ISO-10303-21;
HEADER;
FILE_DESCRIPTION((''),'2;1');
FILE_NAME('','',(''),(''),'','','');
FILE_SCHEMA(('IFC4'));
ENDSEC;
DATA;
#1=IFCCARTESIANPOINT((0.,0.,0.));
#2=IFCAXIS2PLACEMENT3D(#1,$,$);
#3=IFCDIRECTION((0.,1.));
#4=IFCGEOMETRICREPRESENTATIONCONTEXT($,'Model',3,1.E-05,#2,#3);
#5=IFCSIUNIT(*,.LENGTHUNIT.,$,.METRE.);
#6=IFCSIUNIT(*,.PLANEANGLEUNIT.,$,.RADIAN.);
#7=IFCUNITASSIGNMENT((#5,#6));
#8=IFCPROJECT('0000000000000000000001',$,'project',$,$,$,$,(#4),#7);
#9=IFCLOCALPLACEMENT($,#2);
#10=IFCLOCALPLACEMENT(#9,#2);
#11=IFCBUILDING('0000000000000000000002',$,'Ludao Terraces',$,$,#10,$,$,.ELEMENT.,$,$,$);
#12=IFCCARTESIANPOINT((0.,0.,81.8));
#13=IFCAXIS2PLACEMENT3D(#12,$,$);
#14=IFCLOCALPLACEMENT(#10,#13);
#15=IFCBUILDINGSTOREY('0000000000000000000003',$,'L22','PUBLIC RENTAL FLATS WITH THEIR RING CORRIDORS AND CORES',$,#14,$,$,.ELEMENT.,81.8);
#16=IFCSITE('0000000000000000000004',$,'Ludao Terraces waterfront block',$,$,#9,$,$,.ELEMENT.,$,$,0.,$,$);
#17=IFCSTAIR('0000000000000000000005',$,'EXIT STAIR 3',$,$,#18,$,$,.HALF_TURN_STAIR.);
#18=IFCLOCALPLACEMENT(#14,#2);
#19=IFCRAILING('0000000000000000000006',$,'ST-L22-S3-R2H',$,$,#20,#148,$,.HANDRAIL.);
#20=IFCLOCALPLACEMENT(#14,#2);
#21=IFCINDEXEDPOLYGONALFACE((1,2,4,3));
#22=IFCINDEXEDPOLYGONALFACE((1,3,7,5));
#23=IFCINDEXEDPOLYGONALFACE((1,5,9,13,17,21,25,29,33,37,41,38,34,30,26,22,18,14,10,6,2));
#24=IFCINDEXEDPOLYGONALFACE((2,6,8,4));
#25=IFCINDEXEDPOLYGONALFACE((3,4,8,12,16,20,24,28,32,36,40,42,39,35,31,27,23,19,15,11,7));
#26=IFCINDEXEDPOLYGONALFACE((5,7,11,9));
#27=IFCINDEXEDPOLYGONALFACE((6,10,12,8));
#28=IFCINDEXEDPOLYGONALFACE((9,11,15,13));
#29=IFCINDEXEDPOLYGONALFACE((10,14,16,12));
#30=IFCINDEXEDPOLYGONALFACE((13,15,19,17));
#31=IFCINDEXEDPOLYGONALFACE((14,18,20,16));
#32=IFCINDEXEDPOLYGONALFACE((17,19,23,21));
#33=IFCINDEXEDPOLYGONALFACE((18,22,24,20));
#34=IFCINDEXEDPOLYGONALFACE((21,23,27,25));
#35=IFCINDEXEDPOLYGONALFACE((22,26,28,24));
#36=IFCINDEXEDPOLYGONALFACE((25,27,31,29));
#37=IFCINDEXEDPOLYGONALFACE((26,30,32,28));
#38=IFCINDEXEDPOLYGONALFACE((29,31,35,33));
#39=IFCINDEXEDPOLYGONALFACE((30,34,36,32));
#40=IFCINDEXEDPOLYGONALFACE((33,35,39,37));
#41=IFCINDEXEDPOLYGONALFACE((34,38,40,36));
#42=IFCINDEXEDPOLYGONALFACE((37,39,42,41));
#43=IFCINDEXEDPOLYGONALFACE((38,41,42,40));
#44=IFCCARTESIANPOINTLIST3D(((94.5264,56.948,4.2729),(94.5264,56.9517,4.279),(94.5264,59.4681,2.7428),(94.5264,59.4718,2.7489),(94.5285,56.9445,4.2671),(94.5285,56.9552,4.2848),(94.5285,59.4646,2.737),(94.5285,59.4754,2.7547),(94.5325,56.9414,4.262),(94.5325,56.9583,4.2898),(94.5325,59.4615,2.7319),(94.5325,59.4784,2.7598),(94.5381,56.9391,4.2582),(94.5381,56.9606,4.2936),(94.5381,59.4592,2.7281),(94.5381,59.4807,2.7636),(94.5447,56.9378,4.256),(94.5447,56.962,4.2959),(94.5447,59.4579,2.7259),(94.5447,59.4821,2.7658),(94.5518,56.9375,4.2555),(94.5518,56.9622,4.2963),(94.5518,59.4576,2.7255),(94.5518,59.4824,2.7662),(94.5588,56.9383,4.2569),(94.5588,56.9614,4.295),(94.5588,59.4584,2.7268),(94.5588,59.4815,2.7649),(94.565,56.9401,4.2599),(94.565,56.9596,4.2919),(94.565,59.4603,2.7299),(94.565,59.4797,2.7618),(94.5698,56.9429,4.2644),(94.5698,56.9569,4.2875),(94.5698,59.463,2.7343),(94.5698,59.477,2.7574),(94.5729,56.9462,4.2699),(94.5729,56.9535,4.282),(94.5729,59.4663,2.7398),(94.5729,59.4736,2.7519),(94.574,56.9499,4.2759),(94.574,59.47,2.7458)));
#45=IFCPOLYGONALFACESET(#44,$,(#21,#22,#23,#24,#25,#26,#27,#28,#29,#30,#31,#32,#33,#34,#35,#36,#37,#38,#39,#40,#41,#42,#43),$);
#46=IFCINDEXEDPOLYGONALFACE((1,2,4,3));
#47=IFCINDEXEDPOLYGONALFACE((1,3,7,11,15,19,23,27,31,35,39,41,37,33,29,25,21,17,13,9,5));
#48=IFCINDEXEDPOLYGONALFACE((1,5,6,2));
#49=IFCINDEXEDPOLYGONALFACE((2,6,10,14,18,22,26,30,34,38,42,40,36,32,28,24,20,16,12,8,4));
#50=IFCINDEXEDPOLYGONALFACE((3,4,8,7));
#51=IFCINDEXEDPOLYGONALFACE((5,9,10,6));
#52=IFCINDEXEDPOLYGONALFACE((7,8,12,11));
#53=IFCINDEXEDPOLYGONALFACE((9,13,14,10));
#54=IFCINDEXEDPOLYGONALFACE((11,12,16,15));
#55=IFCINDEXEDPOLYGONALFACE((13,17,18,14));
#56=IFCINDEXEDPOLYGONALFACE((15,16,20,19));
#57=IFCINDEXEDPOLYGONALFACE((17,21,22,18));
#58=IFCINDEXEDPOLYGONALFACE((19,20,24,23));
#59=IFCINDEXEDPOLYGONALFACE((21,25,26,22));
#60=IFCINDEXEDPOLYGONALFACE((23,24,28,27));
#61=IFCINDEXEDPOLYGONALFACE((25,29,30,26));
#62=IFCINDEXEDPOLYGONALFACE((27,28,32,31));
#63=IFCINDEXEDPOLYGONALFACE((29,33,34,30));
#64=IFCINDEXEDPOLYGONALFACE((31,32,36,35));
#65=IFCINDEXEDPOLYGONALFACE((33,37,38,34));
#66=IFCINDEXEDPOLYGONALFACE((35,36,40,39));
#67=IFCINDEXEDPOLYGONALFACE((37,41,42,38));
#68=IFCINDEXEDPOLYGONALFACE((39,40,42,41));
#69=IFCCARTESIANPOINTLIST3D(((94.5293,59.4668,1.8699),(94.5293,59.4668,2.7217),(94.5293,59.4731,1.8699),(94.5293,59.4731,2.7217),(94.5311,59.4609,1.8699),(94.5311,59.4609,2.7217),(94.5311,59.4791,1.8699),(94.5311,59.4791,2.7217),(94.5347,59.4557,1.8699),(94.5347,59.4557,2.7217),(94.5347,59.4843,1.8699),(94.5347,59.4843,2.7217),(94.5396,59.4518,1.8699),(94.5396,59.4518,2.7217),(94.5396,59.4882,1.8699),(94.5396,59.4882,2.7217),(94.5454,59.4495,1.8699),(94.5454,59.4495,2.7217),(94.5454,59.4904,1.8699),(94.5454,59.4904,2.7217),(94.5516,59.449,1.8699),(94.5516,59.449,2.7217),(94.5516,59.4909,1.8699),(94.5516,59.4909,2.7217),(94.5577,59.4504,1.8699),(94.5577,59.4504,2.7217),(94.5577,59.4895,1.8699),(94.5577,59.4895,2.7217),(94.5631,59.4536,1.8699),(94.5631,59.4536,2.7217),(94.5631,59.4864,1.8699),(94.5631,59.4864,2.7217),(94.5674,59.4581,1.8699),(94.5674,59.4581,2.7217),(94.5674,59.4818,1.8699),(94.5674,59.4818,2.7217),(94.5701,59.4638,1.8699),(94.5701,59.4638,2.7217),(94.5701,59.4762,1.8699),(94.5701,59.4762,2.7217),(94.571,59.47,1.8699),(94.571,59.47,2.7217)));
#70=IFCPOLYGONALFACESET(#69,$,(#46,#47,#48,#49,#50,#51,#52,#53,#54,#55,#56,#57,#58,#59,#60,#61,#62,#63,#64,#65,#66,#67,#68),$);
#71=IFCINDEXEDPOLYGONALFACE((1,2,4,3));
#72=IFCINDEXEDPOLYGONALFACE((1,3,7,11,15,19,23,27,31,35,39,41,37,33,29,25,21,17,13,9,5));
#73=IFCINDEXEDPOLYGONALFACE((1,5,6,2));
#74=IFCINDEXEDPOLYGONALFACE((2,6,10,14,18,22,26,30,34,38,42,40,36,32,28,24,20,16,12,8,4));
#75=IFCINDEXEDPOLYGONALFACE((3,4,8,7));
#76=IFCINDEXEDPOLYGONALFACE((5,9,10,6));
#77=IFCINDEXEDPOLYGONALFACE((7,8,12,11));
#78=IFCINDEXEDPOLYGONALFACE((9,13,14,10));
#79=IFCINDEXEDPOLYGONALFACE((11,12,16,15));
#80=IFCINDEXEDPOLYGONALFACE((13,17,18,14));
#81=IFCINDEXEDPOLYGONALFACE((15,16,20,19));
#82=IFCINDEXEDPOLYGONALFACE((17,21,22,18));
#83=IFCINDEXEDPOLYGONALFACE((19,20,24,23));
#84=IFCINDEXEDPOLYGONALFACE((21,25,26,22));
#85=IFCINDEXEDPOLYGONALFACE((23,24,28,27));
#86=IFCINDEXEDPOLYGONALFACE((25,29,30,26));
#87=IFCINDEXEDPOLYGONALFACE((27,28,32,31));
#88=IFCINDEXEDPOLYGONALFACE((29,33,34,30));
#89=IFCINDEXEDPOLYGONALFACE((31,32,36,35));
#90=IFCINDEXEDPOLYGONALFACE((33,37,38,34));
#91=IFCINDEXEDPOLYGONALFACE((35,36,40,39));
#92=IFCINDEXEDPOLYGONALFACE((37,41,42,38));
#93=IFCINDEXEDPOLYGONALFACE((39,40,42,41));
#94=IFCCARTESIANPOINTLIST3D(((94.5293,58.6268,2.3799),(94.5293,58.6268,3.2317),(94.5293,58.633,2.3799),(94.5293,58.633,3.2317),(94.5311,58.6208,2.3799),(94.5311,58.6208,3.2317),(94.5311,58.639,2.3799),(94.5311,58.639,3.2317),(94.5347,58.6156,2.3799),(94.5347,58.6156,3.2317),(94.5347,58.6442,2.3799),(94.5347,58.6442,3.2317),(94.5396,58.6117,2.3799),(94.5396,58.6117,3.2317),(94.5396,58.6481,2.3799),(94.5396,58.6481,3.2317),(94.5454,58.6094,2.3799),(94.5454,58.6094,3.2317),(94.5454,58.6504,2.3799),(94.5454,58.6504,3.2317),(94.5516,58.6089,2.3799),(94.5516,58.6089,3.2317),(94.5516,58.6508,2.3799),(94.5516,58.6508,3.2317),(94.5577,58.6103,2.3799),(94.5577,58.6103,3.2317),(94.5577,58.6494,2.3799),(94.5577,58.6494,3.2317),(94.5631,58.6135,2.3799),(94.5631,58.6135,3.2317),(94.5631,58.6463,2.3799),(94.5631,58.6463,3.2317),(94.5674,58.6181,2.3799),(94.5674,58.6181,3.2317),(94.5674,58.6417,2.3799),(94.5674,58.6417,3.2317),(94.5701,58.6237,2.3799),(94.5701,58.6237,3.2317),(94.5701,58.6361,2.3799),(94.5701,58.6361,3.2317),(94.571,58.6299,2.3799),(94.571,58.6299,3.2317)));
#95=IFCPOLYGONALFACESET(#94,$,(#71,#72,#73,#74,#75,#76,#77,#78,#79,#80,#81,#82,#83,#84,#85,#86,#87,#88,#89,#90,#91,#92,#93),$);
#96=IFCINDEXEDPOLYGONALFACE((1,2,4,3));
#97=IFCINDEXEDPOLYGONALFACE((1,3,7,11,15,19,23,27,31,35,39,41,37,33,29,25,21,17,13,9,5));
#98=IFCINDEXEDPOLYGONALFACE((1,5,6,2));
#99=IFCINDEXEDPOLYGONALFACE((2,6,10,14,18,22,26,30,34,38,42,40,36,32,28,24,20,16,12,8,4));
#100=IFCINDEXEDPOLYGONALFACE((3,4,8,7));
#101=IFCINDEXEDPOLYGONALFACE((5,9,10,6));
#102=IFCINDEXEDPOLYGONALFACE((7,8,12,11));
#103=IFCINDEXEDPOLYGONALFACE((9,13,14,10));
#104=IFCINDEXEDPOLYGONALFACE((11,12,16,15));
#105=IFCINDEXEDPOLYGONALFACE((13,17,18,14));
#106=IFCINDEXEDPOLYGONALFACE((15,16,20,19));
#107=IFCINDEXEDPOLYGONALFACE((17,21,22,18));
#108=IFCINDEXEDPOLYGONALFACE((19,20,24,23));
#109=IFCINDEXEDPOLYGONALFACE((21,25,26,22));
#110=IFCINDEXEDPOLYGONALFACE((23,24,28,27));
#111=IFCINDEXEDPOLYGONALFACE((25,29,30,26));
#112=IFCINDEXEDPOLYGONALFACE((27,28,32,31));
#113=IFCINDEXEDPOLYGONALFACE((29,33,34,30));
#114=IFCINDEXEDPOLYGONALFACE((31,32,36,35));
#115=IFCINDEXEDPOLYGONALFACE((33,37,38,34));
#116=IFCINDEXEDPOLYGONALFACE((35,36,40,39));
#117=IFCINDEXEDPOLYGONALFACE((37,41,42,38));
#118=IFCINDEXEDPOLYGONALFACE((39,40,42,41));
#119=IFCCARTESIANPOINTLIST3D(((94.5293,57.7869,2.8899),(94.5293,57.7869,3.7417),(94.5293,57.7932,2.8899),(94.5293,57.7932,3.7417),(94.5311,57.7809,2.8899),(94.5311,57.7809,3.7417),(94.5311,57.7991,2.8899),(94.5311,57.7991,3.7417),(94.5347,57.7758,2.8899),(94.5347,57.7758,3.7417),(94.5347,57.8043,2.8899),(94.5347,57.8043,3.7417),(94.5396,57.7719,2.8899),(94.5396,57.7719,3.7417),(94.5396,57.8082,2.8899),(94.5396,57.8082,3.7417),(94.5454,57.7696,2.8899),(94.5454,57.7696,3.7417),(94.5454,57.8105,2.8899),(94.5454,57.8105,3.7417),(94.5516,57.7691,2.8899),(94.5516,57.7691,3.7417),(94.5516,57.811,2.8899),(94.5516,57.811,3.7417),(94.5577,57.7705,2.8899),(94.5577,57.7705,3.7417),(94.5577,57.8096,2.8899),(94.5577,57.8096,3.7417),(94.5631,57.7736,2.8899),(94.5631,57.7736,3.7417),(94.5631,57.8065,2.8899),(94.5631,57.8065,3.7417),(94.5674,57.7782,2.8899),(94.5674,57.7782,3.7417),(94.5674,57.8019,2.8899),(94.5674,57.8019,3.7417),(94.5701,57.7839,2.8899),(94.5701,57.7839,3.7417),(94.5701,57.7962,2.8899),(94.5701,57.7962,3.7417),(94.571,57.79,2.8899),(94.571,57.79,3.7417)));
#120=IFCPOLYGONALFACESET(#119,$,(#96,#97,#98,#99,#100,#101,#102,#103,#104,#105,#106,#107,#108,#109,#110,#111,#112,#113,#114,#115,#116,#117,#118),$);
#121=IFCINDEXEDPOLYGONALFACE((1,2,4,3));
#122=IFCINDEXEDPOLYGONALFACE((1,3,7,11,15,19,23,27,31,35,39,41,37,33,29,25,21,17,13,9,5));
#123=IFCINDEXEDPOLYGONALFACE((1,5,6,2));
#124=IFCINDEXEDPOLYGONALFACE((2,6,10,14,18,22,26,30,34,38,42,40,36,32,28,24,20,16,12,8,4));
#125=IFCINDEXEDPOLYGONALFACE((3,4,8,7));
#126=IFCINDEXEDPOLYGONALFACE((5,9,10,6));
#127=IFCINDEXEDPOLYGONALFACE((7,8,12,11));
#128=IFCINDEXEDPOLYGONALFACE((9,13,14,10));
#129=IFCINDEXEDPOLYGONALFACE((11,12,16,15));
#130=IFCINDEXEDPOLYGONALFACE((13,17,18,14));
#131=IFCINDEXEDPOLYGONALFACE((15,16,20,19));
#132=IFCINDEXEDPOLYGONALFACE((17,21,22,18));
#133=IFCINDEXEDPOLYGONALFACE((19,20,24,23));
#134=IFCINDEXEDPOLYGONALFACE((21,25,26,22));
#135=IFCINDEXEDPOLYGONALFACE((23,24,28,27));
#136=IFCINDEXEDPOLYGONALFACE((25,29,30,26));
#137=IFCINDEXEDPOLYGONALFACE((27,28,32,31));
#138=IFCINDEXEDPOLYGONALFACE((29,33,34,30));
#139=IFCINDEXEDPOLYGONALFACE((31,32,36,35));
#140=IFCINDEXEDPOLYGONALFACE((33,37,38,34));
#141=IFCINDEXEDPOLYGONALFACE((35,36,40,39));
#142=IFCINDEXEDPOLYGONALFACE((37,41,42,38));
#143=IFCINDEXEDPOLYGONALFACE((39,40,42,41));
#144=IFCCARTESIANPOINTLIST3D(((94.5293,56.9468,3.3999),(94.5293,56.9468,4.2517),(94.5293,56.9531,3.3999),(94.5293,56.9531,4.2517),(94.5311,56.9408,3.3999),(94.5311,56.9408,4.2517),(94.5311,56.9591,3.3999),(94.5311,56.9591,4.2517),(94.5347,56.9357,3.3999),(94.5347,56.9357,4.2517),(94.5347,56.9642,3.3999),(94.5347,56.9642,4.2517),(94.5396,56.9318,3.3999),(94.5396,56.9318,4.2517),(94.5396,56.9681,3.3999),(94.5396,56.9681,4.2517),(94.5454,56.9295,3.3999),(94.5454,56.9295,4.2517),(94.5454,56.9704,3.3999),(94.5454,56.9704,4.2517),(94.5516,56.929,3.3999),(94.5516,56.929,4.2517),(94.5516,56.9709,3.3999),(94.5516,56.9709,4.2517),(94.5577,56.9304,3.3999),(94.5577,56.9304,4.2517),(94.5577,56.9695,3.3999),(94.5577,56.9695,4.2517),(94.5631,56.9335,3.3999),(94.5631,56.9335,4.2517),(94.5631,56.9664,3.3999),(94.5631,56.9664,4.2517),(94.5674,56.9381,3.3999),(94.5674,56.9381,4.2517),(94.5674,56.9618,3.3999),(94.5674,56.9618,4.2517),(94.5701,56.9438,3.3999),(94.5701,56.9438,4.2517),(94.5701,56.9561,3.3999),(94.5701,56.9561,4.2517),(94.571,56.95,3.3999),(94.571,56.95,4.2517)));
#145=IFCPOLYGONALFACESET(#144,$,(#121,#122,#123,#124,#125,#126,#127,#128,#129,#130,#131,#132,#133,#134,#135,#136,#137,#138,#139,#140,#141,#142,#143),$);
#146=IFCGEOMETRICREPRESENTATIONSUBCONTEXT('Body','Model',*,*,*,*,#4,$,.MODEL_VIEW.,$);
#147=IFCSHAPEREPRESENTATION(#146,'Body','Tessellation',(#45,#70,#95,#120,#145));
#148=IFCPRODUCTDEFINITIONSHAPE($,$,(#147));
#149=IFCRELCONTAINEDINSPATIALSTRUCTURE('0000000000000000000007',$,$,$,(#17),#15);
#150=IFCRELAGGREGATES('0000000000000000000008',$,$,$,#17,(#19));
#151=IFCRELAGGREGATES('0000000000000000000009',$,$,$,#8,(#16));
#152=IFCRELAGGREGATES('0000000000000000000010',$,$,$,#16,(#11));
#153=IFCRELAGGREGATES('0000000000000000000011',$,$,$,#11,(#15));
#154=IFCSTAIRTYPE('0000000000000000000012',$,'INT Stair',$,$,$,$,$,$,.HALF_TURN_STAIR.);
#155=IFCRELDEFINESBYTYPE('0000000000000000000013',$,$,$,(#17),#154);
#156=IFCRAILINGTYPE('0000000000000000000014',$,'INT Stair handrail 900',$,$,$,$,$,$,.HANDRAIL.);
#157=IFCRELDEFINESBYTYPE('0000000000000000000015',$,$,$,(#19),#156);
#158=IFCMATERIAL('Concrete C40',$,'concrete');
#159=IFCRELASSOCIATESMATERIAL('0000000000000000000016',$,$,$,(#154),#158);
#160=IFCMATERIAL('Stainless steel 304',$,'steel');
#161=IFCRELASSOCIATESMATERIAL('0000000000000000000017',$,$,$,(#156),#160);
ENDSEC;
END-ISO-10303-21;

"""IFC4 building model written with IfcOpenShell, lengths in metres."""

from ifc_helpers import new_model, si_unit, direction, frame, origin, origin_2d, place, context, subcontext, project, spatial, circle, extrude, material, type_object, element, aggregate, save


model = new_model("IFC4")

# Units and contexts
model_context = context("Model", 3, precision=1e-05, world=origin(), true_north=direction((0.0, 1.0)))
body_context = subcontext(model_context, "Body", "Model", "MODEL_VIEW")
ifc_project = project(units=[si_unit("LENGTHUNIT", "METRE"), si_unit("PLANEANGLEUNIT", "RADIAN")], contexts=[model_context])

# Site, building, storey
site_placement = place(None, origin())
site = spatial("IfcSite", under=ifc_project, at=site_placement, Name="Ludao Terraces waterfront block", CompositionType="ELEMENT", RefElevation=0.0)
building_placement = place(site_placement, origin())
building = spatial("IfcBuilding", under=site, at=building_placement, Name="Ludao Terraces", CompositionType="ELEMENT")
storey_placement = place(building_placement, frame((0.0, 0.0, 81.8)))
storey = spatial("IfcBuildingStorey", under=building, at=storey_placement, Name="L22", Description="PUBLIC RENTAL FLATS WITH THEIR RING CORRIDORS AND CORES", CompositionType="ELEMENT", Elevation=81.8)

# Stair, railing
ifc_material_1 = material(Name="Concrete C40", Category="concrete")
stair_type = type_object("IfcStairType", Name="INT Stair", PredefinedType="HALF_TURN_STAIR", material=ifc_material_1)
stair_placement = place(storey_placement, origin())
stair = element("IfcStair", 1, at=stair_placement, inside=storey, type_object=stair_type, Name="EXIT STAIR 3", PredefinedType="HALF_TURN_STAIR")
ifc_material_2 = material(Name="Stainless steel 304", Category="steel")
railing_type_1 = type_object("IfcRailingType", Name="INT Stair handrail 900", PredefinedType="HANDRAIL", material=ifc_material_2)
railing_1_placement = place(storey_placement, frame((94.55, 59.47, 1.8699)))
railing_1 = element("IfcRailing", 2, at=railing_1_placement, type_object=railing_type_1, Name="ST-L22-S3-R2H", PredefinedType="HANDRAIL", context=body_context, shape_type="SweptSolid", body=[
    extrude(circle(Radius=0.0239, at=origin_2d()), frame((0.0, 0.0, 0.876), z_axis=(0.0, -0.854785, 0.518982), x_axis=(1.0, 0.0, 0.0)), (0.0, 0.0, 1.0), 2.9482),
    extrude(circle(Radius=0.021, at=origin_2d()), origin(), (0.0, 0.0, 1.0), 0.8518),
    extrude(circle(Radius=0.021, at=origin_2d()), frame((0.0, -0.8401, 0.51)), (0.0, 0.0, 1.0), 0.8518),
    extrude(circle(Radius=0.021, at=origin_2d()), frame((0.0, -1.6799, 1.02)), (0.0, 0.0, 1.0), 0.8518),
    extrude(circle(Radius=0.021, at=origin_2d()), frame((0.0, -2.52, 1.53)), (0.0, 0.0, 1.0), 0.8518),
])
aggregate(stair, [railing_1])

save(model, "model.ifc")
